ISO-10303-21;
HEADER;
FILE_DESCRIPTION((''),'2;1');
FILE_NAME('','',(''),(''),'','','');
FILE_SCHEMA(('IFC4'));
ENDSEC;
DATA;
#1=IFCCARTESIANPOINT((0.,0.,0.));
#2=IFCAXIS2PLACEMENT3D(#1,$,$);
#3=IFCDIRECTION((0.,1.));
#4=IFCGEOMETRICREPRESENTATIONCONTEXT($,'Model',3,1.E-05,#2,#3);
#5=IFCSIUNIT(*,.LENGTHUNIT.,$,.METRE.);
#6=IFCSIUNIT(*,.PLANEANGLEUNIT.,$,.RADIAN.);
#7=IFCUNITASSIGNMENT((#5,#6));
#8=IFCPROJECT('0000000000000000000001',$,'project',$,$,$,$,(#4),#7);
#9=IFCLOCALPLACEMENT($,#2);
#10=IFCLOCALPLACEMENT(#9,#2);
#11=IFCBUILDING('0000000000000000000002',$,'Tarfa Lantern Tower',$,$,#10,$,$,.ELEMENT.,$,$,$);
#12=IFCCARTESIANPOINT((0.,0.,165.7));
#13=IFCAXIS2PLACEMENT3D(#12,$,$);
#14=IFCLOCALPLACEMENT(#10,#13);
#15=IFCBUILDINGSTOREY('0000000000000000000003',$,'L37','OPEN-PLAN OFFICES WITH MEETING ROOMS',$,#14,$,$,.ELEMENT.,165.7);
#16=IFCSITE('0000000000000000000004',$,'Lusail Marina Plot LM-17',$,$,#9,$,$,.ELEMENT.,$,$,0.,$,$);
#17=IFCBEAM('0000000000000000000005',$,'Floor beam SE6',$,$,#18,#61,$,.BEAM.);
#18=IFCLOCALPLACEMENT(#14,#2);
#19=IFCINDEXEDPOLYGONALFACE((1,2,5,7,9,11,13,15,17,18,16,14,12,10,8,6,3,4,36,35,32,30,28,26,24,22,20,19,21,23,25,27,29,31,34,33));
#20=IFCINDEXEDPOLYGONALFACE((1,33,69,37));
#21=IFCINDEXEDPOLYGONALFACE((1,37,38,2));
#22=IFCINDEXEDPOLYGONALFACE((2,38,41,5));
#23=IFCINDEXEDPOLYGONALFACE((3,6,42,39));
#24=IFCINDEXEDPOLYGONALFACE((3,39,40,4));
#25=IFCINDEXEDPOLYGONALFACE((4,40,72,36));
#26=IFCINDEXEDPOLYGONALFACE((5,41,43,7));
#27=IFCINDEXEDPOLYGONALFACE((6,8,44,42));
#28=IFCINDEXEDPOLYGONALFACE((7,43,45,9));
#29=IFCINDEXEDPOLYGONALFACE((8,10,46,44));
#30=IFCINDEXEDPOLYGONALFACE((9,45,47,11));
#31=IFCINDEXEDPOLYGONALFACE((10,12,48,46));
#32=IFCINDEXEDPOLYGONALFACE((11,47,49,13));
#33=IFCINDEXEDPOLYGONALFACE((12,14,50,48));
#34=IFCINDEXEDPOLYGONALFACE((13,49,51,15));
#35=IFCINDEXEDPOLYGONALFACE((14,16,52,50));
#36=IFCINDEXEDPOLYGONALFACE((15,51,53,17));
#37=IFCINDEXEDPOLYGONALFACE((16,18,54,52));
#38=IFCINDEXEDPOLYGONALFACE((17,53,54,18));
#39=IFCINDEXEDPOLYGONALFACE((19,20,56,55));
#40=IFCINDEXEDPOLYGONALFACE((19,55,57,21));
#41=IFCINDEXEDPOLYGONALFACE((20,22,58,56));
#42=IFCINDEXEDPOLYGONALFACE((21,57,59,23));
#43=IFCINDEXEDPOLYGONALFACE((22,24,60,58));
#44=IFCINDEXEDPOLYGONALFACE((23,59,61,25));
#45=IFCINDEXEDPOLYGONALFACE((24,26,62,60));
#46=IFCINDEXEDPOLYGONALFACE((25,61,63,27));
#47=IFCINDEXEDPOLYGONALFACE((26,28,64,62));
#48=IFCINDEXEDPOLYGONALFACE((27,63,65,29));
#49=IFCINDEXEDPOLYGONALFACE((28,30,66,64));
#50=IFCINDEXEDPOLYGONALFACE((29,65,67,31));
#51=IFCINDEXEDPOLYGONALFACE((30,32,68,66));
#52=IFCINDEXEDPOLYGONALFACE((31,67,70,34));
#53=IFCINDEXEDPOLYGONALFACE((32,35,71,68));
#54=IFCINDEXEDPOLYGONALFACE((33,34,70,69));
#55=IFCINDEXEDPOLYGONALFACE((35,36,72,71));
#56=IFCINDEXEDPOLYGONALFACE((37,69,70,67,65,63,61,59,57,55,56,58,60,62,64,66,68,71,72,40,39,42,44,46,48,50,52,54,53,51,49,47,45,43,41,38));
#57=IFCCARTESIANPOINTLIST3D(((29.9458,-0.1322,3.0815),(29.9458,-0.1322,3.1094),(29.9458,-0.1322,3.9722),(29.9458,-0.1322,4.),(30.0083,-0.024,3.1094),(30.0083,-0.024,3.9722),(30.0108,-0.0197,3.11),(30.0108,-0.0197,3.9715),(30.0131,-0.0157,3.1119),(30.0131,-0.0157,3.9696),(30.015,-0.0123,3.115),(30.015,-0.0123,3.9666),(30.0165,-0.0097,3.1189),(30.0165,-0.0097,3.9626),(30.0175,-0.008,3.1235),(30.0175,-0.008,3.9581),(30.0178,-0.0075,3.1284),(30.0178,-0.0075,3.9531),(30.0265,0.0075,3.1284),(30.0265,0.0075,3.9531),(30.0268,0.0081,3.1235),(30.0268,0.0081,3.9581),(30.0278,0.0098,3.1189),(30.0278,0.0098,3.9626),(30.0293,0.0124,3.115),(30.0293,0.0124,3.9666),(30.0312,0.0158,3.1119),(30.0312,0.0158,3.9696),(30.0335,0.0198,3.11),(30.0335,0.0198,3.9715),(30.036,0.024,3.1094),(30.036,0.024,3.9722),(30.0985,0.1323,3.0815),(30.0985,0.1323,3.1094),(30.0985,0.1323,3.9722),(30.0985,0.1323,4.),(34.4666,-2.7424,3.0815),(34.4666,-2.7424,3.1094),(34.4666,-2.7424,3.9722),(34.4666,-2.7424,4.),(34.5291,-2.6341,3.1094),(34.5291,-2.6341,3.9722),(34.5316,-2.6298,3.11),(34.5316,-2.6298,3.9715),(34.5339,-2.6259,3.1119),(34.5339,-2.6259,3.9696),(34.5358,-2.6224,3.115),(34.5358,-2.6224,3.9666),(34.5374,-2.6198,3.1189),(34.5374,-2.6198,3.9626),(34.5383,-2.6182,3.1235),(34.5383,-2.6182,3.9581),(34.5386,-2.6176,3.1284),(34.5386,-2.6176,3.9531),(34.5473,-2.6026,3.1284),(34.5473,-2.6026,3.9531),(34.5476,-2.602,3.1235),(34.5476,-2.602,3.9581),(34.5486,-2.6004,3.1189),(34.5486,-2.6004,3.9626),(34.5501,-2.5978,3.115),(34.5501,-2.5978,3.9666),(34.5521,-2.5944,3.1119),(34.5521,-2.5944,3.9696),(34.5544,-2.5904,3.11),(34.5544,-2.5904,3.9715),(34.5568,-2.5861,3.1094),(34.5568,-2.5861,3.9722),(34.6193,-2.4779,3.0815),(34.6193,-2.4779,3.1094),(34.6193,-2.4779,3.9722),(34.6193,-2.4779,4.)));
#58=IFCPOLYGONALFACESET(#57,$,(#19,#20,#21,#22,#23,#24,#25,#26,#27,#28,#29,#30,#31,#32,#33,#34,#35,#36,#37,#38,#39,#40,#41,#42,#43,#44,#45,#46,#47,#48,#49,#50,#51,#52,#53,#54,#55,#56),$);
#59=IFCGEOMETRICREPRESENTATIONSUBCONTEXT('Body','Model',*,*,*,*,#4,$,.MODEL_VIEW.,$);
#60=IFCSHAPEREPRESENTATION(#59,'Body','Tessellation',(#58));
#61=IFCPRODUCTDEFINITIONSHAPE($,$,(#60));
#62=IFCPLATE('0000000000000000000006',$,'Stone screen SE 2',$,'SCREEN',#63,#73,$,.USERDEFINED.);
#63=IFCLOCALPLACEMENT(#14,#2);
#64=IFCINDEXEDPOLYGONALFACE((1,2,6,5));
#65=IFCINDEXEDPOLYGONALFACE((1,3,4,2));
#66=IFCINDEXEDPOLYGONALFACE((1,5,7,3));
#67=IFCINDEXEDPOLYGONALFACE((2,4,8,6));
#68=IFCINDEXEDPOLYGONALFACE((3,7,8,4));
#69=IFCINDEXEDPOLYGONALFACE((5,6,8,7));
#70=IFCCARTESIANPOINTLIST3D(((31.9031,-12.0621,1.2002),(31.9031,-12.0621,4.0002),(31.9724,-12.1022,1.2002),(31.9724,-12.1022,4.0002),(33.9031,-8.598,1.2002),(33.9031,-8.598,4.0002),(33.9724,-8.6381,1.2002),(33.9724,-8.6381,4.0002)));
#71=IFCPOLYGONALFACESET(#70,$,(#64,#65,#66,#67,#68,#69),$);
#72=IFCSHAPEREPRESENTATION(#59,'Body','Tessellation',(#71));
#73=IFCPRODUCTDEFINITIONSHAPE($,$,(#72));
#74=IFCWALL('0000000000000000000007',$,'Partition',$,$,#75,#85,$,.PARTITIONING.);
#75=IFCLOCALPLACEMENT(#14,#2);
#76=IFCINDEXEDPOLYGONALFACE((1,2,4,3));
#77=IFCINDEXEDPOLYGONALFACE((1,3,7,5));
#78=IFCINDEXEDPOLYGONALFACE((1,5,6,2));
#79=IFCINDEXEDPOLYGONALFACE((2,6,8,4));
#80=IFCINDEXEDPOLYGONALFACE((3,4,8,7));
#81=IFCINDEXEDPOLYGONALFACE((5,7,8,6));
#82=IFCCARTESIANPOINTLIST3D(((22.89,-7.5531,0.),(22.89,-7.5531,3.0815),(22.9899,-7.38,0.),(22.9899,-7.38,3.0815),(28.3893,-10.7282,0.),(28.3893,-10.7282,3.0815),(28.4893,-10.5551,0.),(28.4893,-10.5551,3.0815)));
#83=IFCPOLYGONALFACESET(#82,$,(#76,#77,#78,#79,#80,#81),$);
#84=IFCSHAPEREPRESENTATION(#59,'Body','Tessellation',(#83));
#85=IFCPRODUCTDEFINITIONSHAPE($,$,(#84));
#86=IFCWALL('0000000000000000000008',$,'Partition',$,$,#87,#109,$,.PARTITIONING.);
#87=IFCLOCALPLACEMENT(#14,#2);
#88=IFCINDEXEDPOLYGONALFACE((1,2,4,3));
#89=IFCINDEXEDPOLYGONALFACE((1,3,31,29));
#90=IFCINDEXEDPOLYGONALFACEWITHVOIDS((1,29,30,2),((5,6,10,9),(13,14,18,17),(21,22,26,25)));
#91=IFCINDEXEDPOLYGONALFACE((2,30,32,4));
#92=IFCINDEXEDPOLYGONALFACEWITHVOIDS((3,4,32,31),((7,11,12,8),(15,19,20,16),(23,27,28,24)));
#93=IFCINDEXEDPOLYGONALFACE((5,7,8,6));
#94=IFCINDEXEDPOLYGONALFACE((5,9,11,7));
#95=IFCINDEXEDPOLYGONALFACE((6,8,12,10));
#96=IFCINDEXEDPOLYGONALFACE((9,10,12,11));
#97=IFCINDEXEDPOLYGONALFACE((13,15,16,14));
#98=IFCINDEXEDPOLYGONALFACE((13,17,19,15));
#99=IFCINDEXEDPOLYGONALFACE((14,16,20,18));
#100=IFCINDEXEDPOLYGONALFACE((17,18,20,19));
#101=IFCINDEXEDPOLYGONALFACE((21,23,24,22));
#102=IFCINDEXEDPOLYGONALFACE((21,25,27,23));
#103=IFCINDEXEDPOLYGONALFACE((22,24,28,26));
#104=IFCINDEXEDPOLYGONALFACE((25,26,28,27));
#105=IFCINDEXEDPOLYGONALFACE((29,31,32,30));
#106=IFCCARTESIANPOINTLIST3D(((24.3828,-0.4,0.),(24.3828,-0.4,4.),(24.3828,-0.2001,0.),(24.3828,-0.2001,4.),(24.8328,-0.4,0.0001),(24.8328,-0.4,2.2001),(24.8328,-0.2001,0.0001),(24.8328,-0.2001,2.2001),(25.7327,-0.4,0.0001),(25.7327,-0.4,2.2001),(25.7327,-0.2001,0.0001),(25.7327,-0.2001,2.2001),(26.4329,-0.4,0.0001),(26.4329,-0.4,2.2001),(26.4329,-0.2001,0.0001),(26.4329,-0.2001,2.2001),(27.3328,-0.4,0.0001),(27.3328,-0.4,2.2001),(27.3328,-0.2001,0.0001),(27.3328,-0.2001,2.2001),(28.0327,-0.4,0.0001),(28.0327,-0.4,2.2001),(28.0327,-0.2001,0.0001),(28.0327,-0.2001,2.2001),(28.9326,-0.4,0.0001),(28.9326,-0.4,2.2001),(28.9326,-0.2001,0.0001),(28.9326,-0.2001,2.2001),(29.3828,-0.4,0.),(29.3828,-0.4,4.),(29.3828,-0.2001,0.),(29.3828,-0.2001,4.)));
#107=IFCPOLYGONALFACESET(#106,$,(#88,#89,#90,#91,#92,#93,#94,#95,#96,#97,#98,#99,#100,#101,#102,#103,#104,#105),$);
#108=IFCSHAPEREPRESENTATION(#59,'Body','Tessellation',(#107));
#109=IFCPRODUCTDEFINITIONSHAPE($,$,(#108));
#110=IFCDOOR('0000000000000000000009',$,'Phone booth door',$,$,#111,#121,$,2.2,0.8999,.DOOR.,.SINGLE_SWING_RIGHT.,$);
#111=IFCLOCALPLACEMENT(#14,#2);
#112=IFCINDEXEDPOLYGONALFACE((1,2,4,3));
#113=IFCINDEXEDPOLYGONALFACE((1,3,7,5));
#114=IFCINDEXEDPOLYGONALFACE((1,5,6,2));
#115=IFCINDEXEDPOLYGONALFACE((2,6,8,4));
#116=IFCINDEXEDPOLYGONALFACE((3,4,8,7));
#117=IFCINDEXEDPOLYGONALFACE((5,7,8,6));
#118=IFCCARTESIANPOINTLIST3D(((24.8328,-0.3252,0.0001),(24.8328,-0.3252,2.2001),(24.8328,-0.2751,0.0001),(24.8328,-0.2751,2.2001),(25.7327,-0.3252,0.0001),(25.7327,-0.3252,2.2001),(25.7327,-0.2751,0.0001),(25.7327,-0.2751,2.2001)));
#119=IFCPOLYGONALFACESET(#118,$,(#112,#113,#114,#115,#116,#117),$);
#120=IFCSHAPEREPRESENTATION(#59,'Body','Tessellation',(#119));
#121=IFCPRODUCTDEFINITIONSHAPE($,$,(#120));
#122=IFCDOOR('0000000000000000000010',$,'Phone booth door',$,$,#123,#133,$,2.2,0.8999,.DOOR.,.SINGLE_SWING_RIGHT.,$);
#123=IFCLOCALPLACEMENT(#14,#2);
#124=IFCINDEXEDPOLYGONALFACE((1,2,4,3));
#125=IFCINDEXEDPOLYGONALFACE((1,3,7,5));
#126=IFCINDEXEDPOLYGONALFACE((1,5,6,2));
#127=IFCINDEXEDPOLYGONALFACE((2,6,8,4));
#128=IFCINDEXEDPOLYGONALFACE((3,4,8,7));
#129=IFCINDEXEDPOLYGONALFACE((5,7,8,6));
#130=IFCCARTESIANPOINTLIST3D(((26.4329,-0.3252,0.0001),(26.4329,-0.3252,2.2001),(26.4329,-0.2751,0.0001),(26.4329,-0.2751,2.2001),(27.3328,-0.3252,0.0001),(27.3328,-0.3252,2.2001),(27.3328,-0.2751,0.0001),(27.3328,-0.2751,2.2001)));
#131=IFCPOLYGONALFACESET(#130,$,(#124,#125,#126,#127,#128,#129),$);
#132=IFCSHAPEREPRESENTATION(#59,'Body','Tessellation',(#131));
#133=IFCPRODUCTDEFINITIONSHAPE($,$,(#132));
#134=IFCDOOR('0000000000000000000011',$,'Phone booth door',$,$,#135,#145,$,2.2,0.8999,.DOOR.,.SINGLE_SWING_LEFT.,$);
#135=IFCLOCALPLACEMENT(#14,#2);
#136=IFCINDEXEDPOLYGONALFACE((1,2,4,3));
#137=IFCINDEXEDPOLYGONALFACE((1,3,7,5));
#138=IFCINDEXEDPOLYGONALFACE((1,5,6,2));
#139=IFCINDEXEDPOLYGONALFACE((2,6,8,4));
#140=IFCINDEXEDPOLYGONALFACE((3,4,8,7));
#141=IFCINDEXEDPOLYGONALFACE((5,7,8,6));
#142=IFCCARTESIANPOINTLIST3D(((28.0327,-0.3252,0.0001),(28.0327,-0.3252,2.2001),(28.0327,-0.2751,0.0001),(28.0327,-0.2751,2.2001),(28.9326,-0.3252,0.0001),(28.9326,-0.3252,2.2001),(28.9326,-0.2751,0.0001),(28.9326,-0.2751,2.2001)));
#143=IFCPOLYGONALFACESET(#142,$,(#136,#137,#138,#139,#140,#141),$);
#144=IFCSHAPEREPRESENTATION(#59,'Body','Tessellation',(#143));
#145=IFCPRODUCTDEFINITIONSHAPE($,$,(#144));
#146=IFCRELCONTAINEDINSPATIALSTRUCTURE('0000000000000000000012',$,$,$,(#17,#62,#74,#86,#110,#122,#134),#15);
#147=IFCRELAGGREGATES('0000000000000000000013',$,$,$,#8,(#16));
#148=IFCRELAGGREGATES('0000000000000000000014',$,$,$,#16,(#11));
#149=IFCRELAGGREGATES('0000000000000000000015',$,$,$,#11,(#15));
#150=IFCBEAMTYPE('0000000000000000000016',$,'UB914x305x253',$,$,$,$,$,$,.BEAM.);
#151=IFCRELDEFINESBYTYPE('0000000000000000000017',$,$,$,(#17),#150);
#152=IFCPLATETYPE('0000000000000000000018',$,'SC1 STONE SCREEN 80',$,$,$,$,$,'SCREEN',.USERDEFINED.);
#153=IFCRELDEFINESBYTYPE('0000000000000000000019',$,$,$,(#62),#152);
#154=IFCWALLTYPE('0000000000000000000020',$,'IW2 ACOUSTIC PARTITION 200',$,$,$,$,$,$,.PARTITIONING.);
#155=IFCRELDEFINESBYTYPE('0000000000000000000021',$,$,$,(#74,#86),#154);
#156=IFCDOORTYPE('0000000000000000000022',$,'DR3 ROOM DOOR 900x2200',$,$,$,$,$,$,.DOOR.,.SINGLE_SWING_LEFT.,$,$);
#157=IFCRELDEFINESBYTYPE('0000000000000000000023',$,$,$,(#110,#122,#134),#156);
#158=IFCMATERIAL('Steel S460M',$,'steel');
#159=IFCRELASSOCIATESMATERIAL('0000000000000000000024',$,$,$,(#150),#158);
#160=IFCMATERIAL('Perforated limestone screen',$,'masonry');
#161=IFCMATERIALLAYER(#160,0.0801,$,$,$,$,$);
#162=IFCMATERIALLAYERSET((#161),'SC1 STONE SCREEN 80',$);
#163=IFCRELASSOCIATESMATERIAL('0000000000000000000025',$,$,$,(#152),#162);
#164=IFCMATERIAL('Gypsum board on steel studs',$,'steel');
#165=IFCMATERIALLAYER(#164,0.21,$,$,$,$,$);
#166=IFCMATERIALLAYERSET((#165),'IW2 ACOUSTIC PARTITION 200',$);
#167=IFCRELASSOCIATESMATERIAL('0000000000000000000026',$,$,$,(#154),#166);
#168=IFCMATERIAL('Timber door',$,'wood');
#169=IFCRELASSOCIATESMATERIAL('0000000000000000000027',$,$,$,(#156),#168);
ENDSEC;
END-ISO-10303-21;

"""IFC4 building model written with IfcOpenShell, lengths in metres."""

from ifc_helpers import new_model, si_unit, direction, frame, frame_2d, origin, origin_2d, place, context, subcontext, project, spatial, rectangle, i_section, extrude, material, layer, layer_set, material_profile, profile_set, type_object, element, fill, save


model = new_model("IFC4")

# Units and contexts
model_context = context("Model", 3, precision=1e-05, world=origin(), true_north=direction((0.0, 1.0)))
body_context = subcontext(model_context, "Body", "Model", "MODEL_VIEW")
ifc_project = project(units=[si_unit("LENGTHUNIT", "METRE"), si_unit("PLANEANGLEUNIT", "RADIAN")], contexts=[model_context])

# Site, building, storey
site_placement = place(None, origin())
site = spatial("IfcSite", under=ifc_project, at=site_placement, Name="Lusail Marina Plot LM-17", CompositionType="ELEMENT", RefElevation=0.0)
building_placement = place(site_placement, origin())
building = spatial("IfcBuilding", under=site, at=building_placement, Name="Tarfa Lantern Tower", CompositionType="ELEMENT")
storey_placement = place(building_placement, frame((0.0, 0.0, 165.7)))
storey = spatial("IfcBuildingStorey", under=building, at=storey_placement, Name="L37", Description="OPEN-PLAN OFFICES WITH MEETING ROOMS", CompositionType="ELEMENT", Elevation=165.7)

# Beam
ifc_material_1 = material(Name="Steel S460M", Category="steel")
ifc_material_profile_1 = material_profile(ifc_material_1, i_section(OverallWidth=0.3054, OverallDepth=0.9185, WebThickness=0.0173, FlangeThickness=0.0278, FilletRadius=0.019, at=origin_2d()), Name="UB914x305x253")
ifc_profile_set_1 = profile_set([ifc_material_profile_1], Name="Steel S460M")
beam_type_1 = type_object("IfcBeamType", Name="UB914x305x253", PredefinedType="BEAM", material=ifc_profile_set_1)
beam_1_placement = place(storey_placement, frame((34.543, -2.6101, 3.5408), z_axis=(-0.866021, 0.500007, 0.0), x_axis=(-0.500007, -0.866021, 0.0)))
element("IfcBeam", 1, at=beam_1_placement, inside=storey, type_object=beam_type_1, Name="Floor beam SE6", PredefinedType="BEAM", context=body_context, shape_type="SweptSolid", body=[
    extrude(i_section(OverallWidth=0.3054, OverallDepth=0.9185, WebThickness=0.0173, FlangeThickness=0.0278, FilletRadius=0.019, at=origin_2d()), origin(), (0.0, 0.0, 1.0), 5.2202),
])

# Plate
ifc_material_2 = material(Name="Perforated limestone screen", Category="masonry")
ifc_layer_1 = layer(ifc_material_2, 0.0801)
ifc_layer_set_1 = layer_set([ifc_layer_1], Name="SC1 STONE SCREEN 80")
plate_type = type_object("IfcPlateType", Name="SC1 STONE SCREEN 80", ElementType="SCREEN", PredefinedType="USERDEFINED", material=ifc_layer_set_1)
plate_placement = place(storey_placement, frame((32.9377, -10.3501, 1.2002), z_axis=(0.0, 0.0, 1.0), x_axis=(0.5, 0.866025, 0.0)))
element("IfcPlate", 2, at=plate_placement, inside=storey, type_object=plate_type, Name="Stone screen SE 2", ObjectType="SCREEN", PredefinedType="USERDEFINED", context=body_context, shape_type="SweptSolid", body=[
    extrude(rectangle(XDim=4.0, YDim=0.0801, at=origin_2d()), origin(), (0.0, 0.0, 1.0), 2.8),
])

# Wall
ifc_material_3 = material(Name="Gypsum board on steel studs", Category="steel")
ifc_layer_2 = layer(ifc_material_3, 0.21)
ifc_layer_set_2 = layer_set([ifc_layer_2], Name="IW2 ACOUSTIC PARTITION 200")
wall_type = type_object("IfcWallType", Name="IW2 ACOUSTIC PARTITION 200", PredefinedType="PARTITIONING", material=ifc_layer_set_2)
wall_1_placement = place(storey_placement, frame((22.9399, -7.4666, 0.0), z_axis=(0.0, 0.0, 1.0), x_axis=(0.866022, -0.500005, 0.0)))
element("IfcWall", 3, at=wall_1_placement, inside=storey, type_object=wall_type, Name="Partition", PredefinedType="PARTITIONING", context=body_context, shape_type="SweptSolid", body=[
    extrude(rectangle(XDim=6.3501, YDim=0.2, at=frame_2d((3.175, 0.0))), origin(), (0.0, 0.0, 1.0), 3.0815),
])

# Wall, openings, doors
wall_2_placement = place(storey_placement, frame((24.3828, -0.3, 0.0), z_axis=(0.0, 0.0, 1.0), x_axis=(1.0, 0.0, 0.0)))
wall_2 = element("IfcWall", 4, at=wall_2_placement, inside=storey, type_object=wall_type, Name="Partition", PredefinedType="PARTITIONING", context=body_context, shape_type="SweptSolid", body=[
    extrude(rectangle(XDim=5.0, YDim=0.2, at=frame_2d((2.5, 0.0))), origin(), (0.0, 0.0, 1.0), 4.0),
])
opening_1_placement = place(wall_2_placement, frame((0.45, 0.0, 0.0)))
opening_1 = element("IfcOpeningElement", 5, at=opening_1_placement, cuts=wall_2, PredefinedType="OPENING", context=body_context, shape_type="SweptSolid", body=[
    extrude(rectangle(XDim=0.8999, YDim=2.2, at=frame_2d((0.45, 1.1001))), frame((0.0, 0.1099, 0.0), z_axis=(0.0, -1.0, 0.0), x_axis=(1.0, 0.0, 0.0)), (0.0, 0.0, 1.0), 0.22),
])
opening_2_placement = place(wall_2_placement, frame((2.05, 0.0, 0.0)))
opening_2 = element("IfcOpeningElement", 6, at=opening_2_placement, cuts=wall_2, PredefinedType="OPENING", context=body_context, shape_type="SweptSolid", body=[
    extrude(rectangle(XDim=0.8999, YDim=2.2, at=frame_2d((0.45, 1.1001))), frame((0.0, 0.1099, 0.0), z_axis=(0.0, -1.0, 0.0), x_axis=(1.0, 0.0, 0.0)), (0.0, 0.0, 1.0), 0.22),
])
opening_3_placement = place(wall_2_placement, frame((3.6499, 0.0, 0.0)))
opening_3 = element("IfcOpeningElement", 7, at=opening_3_placement, cuts=wall_2, PredefinedType="OPENING", context=body_context, shape_type="SweptSolid", body=[
    extrude(rectangle(XDim=0.8999, YDim=2.2, at=frame_2d((0.45, 1.1001))), frame((0.0, 0.1099, 0.0), z_axis=(0.0, -1.0, 0.0), x_axis=(1.0, 0.0, 0.0)), (0.0, 0.0, 1.0), 0.22),
])
ifc_material_4 = material(Name="Timber door", Category="wood")
door_type = type_object("IfcDoorType", Name="DR3 ROOM DOOR 900x2200", OperationType="SINGLE_SWING_LEFT", PredefinedType="DOOR", material=ifc_material_4)
door_1_placement = place(opening_1_placement, origin())
door_1 = element("IfcDoor", 8, at=door_1_placement, inside=storey, type_object=door_type, Name="Phone booth door", OperationType="SINGLE_SWING_RIGHT", OverallHeight=2.2, OverallWidth=0.8999, PredefinedType="DOOR", context=body_context, shape_type="SweptSolid", body=[
    extrude(rectangle(XDim=0.8999, YDim=2.2, at=frame_2d((0.45, 1.1001))), frame((0.0, 0.0249, 0.0), z_axis=(0.0, -1.0, 0.0), x_axis=(1.0, 0.0, 0.0)), (0.0, 0.0, 1.0), 0.05),
])
fill(opening_1, door_1)
door_2_placement = place(opening_2_placement, origin())
door_2 = element("IfcDoor", 9, at=door_2_placement, inside=storey, type_object=door_type, Name="Phone booth door", OperationType="SINGLE_SWING_RIGHT", OverallHeight=2.2, OverallWidth=0.8999, PredefinedType="DOOR", context=body_context, shape_type="SweptSolid", body=[
    extrude(rectangle(XDim=0.8999, YDim=2.2, at=frame_2d((0.45, 1.1001))), frame((0.0, 0.0249, 0.0), z_axis=(0.0, -1.0, 0.0), x_axis=(1.0, 0.0, 0.0)), (0.0, 0.0, 1.0), 0.05),
])
fill(opening_2, door_2)
door_3_placement = place(opening_3_placement, origin())
door_3 = element("IfcDoor", 10, at=door_3_placement, inside=storey, type_object=door_type, Name="Phone booth door", OperationType="SINGLE_SWING_LEFT", OverallHeight=2.2, OverallWidth=0.8999, PredefinedType="DOOR", context=body_context, shape_type="SweptSolid", body=[
    extrude(rectangle(XDim=0.8999, YDim=2.2, at=frame_2d((0.45, 1.1001))), frame((0.0, 0.0249, 0.0), z_axis=(0.0, -1.0, 0.0), x_axis=(1.0, 0.0, 0.0)), (0.0, 0.0, 1.0), 0.05),
])
fill(opening_3, door_3)

save(model, "model.ifc")
